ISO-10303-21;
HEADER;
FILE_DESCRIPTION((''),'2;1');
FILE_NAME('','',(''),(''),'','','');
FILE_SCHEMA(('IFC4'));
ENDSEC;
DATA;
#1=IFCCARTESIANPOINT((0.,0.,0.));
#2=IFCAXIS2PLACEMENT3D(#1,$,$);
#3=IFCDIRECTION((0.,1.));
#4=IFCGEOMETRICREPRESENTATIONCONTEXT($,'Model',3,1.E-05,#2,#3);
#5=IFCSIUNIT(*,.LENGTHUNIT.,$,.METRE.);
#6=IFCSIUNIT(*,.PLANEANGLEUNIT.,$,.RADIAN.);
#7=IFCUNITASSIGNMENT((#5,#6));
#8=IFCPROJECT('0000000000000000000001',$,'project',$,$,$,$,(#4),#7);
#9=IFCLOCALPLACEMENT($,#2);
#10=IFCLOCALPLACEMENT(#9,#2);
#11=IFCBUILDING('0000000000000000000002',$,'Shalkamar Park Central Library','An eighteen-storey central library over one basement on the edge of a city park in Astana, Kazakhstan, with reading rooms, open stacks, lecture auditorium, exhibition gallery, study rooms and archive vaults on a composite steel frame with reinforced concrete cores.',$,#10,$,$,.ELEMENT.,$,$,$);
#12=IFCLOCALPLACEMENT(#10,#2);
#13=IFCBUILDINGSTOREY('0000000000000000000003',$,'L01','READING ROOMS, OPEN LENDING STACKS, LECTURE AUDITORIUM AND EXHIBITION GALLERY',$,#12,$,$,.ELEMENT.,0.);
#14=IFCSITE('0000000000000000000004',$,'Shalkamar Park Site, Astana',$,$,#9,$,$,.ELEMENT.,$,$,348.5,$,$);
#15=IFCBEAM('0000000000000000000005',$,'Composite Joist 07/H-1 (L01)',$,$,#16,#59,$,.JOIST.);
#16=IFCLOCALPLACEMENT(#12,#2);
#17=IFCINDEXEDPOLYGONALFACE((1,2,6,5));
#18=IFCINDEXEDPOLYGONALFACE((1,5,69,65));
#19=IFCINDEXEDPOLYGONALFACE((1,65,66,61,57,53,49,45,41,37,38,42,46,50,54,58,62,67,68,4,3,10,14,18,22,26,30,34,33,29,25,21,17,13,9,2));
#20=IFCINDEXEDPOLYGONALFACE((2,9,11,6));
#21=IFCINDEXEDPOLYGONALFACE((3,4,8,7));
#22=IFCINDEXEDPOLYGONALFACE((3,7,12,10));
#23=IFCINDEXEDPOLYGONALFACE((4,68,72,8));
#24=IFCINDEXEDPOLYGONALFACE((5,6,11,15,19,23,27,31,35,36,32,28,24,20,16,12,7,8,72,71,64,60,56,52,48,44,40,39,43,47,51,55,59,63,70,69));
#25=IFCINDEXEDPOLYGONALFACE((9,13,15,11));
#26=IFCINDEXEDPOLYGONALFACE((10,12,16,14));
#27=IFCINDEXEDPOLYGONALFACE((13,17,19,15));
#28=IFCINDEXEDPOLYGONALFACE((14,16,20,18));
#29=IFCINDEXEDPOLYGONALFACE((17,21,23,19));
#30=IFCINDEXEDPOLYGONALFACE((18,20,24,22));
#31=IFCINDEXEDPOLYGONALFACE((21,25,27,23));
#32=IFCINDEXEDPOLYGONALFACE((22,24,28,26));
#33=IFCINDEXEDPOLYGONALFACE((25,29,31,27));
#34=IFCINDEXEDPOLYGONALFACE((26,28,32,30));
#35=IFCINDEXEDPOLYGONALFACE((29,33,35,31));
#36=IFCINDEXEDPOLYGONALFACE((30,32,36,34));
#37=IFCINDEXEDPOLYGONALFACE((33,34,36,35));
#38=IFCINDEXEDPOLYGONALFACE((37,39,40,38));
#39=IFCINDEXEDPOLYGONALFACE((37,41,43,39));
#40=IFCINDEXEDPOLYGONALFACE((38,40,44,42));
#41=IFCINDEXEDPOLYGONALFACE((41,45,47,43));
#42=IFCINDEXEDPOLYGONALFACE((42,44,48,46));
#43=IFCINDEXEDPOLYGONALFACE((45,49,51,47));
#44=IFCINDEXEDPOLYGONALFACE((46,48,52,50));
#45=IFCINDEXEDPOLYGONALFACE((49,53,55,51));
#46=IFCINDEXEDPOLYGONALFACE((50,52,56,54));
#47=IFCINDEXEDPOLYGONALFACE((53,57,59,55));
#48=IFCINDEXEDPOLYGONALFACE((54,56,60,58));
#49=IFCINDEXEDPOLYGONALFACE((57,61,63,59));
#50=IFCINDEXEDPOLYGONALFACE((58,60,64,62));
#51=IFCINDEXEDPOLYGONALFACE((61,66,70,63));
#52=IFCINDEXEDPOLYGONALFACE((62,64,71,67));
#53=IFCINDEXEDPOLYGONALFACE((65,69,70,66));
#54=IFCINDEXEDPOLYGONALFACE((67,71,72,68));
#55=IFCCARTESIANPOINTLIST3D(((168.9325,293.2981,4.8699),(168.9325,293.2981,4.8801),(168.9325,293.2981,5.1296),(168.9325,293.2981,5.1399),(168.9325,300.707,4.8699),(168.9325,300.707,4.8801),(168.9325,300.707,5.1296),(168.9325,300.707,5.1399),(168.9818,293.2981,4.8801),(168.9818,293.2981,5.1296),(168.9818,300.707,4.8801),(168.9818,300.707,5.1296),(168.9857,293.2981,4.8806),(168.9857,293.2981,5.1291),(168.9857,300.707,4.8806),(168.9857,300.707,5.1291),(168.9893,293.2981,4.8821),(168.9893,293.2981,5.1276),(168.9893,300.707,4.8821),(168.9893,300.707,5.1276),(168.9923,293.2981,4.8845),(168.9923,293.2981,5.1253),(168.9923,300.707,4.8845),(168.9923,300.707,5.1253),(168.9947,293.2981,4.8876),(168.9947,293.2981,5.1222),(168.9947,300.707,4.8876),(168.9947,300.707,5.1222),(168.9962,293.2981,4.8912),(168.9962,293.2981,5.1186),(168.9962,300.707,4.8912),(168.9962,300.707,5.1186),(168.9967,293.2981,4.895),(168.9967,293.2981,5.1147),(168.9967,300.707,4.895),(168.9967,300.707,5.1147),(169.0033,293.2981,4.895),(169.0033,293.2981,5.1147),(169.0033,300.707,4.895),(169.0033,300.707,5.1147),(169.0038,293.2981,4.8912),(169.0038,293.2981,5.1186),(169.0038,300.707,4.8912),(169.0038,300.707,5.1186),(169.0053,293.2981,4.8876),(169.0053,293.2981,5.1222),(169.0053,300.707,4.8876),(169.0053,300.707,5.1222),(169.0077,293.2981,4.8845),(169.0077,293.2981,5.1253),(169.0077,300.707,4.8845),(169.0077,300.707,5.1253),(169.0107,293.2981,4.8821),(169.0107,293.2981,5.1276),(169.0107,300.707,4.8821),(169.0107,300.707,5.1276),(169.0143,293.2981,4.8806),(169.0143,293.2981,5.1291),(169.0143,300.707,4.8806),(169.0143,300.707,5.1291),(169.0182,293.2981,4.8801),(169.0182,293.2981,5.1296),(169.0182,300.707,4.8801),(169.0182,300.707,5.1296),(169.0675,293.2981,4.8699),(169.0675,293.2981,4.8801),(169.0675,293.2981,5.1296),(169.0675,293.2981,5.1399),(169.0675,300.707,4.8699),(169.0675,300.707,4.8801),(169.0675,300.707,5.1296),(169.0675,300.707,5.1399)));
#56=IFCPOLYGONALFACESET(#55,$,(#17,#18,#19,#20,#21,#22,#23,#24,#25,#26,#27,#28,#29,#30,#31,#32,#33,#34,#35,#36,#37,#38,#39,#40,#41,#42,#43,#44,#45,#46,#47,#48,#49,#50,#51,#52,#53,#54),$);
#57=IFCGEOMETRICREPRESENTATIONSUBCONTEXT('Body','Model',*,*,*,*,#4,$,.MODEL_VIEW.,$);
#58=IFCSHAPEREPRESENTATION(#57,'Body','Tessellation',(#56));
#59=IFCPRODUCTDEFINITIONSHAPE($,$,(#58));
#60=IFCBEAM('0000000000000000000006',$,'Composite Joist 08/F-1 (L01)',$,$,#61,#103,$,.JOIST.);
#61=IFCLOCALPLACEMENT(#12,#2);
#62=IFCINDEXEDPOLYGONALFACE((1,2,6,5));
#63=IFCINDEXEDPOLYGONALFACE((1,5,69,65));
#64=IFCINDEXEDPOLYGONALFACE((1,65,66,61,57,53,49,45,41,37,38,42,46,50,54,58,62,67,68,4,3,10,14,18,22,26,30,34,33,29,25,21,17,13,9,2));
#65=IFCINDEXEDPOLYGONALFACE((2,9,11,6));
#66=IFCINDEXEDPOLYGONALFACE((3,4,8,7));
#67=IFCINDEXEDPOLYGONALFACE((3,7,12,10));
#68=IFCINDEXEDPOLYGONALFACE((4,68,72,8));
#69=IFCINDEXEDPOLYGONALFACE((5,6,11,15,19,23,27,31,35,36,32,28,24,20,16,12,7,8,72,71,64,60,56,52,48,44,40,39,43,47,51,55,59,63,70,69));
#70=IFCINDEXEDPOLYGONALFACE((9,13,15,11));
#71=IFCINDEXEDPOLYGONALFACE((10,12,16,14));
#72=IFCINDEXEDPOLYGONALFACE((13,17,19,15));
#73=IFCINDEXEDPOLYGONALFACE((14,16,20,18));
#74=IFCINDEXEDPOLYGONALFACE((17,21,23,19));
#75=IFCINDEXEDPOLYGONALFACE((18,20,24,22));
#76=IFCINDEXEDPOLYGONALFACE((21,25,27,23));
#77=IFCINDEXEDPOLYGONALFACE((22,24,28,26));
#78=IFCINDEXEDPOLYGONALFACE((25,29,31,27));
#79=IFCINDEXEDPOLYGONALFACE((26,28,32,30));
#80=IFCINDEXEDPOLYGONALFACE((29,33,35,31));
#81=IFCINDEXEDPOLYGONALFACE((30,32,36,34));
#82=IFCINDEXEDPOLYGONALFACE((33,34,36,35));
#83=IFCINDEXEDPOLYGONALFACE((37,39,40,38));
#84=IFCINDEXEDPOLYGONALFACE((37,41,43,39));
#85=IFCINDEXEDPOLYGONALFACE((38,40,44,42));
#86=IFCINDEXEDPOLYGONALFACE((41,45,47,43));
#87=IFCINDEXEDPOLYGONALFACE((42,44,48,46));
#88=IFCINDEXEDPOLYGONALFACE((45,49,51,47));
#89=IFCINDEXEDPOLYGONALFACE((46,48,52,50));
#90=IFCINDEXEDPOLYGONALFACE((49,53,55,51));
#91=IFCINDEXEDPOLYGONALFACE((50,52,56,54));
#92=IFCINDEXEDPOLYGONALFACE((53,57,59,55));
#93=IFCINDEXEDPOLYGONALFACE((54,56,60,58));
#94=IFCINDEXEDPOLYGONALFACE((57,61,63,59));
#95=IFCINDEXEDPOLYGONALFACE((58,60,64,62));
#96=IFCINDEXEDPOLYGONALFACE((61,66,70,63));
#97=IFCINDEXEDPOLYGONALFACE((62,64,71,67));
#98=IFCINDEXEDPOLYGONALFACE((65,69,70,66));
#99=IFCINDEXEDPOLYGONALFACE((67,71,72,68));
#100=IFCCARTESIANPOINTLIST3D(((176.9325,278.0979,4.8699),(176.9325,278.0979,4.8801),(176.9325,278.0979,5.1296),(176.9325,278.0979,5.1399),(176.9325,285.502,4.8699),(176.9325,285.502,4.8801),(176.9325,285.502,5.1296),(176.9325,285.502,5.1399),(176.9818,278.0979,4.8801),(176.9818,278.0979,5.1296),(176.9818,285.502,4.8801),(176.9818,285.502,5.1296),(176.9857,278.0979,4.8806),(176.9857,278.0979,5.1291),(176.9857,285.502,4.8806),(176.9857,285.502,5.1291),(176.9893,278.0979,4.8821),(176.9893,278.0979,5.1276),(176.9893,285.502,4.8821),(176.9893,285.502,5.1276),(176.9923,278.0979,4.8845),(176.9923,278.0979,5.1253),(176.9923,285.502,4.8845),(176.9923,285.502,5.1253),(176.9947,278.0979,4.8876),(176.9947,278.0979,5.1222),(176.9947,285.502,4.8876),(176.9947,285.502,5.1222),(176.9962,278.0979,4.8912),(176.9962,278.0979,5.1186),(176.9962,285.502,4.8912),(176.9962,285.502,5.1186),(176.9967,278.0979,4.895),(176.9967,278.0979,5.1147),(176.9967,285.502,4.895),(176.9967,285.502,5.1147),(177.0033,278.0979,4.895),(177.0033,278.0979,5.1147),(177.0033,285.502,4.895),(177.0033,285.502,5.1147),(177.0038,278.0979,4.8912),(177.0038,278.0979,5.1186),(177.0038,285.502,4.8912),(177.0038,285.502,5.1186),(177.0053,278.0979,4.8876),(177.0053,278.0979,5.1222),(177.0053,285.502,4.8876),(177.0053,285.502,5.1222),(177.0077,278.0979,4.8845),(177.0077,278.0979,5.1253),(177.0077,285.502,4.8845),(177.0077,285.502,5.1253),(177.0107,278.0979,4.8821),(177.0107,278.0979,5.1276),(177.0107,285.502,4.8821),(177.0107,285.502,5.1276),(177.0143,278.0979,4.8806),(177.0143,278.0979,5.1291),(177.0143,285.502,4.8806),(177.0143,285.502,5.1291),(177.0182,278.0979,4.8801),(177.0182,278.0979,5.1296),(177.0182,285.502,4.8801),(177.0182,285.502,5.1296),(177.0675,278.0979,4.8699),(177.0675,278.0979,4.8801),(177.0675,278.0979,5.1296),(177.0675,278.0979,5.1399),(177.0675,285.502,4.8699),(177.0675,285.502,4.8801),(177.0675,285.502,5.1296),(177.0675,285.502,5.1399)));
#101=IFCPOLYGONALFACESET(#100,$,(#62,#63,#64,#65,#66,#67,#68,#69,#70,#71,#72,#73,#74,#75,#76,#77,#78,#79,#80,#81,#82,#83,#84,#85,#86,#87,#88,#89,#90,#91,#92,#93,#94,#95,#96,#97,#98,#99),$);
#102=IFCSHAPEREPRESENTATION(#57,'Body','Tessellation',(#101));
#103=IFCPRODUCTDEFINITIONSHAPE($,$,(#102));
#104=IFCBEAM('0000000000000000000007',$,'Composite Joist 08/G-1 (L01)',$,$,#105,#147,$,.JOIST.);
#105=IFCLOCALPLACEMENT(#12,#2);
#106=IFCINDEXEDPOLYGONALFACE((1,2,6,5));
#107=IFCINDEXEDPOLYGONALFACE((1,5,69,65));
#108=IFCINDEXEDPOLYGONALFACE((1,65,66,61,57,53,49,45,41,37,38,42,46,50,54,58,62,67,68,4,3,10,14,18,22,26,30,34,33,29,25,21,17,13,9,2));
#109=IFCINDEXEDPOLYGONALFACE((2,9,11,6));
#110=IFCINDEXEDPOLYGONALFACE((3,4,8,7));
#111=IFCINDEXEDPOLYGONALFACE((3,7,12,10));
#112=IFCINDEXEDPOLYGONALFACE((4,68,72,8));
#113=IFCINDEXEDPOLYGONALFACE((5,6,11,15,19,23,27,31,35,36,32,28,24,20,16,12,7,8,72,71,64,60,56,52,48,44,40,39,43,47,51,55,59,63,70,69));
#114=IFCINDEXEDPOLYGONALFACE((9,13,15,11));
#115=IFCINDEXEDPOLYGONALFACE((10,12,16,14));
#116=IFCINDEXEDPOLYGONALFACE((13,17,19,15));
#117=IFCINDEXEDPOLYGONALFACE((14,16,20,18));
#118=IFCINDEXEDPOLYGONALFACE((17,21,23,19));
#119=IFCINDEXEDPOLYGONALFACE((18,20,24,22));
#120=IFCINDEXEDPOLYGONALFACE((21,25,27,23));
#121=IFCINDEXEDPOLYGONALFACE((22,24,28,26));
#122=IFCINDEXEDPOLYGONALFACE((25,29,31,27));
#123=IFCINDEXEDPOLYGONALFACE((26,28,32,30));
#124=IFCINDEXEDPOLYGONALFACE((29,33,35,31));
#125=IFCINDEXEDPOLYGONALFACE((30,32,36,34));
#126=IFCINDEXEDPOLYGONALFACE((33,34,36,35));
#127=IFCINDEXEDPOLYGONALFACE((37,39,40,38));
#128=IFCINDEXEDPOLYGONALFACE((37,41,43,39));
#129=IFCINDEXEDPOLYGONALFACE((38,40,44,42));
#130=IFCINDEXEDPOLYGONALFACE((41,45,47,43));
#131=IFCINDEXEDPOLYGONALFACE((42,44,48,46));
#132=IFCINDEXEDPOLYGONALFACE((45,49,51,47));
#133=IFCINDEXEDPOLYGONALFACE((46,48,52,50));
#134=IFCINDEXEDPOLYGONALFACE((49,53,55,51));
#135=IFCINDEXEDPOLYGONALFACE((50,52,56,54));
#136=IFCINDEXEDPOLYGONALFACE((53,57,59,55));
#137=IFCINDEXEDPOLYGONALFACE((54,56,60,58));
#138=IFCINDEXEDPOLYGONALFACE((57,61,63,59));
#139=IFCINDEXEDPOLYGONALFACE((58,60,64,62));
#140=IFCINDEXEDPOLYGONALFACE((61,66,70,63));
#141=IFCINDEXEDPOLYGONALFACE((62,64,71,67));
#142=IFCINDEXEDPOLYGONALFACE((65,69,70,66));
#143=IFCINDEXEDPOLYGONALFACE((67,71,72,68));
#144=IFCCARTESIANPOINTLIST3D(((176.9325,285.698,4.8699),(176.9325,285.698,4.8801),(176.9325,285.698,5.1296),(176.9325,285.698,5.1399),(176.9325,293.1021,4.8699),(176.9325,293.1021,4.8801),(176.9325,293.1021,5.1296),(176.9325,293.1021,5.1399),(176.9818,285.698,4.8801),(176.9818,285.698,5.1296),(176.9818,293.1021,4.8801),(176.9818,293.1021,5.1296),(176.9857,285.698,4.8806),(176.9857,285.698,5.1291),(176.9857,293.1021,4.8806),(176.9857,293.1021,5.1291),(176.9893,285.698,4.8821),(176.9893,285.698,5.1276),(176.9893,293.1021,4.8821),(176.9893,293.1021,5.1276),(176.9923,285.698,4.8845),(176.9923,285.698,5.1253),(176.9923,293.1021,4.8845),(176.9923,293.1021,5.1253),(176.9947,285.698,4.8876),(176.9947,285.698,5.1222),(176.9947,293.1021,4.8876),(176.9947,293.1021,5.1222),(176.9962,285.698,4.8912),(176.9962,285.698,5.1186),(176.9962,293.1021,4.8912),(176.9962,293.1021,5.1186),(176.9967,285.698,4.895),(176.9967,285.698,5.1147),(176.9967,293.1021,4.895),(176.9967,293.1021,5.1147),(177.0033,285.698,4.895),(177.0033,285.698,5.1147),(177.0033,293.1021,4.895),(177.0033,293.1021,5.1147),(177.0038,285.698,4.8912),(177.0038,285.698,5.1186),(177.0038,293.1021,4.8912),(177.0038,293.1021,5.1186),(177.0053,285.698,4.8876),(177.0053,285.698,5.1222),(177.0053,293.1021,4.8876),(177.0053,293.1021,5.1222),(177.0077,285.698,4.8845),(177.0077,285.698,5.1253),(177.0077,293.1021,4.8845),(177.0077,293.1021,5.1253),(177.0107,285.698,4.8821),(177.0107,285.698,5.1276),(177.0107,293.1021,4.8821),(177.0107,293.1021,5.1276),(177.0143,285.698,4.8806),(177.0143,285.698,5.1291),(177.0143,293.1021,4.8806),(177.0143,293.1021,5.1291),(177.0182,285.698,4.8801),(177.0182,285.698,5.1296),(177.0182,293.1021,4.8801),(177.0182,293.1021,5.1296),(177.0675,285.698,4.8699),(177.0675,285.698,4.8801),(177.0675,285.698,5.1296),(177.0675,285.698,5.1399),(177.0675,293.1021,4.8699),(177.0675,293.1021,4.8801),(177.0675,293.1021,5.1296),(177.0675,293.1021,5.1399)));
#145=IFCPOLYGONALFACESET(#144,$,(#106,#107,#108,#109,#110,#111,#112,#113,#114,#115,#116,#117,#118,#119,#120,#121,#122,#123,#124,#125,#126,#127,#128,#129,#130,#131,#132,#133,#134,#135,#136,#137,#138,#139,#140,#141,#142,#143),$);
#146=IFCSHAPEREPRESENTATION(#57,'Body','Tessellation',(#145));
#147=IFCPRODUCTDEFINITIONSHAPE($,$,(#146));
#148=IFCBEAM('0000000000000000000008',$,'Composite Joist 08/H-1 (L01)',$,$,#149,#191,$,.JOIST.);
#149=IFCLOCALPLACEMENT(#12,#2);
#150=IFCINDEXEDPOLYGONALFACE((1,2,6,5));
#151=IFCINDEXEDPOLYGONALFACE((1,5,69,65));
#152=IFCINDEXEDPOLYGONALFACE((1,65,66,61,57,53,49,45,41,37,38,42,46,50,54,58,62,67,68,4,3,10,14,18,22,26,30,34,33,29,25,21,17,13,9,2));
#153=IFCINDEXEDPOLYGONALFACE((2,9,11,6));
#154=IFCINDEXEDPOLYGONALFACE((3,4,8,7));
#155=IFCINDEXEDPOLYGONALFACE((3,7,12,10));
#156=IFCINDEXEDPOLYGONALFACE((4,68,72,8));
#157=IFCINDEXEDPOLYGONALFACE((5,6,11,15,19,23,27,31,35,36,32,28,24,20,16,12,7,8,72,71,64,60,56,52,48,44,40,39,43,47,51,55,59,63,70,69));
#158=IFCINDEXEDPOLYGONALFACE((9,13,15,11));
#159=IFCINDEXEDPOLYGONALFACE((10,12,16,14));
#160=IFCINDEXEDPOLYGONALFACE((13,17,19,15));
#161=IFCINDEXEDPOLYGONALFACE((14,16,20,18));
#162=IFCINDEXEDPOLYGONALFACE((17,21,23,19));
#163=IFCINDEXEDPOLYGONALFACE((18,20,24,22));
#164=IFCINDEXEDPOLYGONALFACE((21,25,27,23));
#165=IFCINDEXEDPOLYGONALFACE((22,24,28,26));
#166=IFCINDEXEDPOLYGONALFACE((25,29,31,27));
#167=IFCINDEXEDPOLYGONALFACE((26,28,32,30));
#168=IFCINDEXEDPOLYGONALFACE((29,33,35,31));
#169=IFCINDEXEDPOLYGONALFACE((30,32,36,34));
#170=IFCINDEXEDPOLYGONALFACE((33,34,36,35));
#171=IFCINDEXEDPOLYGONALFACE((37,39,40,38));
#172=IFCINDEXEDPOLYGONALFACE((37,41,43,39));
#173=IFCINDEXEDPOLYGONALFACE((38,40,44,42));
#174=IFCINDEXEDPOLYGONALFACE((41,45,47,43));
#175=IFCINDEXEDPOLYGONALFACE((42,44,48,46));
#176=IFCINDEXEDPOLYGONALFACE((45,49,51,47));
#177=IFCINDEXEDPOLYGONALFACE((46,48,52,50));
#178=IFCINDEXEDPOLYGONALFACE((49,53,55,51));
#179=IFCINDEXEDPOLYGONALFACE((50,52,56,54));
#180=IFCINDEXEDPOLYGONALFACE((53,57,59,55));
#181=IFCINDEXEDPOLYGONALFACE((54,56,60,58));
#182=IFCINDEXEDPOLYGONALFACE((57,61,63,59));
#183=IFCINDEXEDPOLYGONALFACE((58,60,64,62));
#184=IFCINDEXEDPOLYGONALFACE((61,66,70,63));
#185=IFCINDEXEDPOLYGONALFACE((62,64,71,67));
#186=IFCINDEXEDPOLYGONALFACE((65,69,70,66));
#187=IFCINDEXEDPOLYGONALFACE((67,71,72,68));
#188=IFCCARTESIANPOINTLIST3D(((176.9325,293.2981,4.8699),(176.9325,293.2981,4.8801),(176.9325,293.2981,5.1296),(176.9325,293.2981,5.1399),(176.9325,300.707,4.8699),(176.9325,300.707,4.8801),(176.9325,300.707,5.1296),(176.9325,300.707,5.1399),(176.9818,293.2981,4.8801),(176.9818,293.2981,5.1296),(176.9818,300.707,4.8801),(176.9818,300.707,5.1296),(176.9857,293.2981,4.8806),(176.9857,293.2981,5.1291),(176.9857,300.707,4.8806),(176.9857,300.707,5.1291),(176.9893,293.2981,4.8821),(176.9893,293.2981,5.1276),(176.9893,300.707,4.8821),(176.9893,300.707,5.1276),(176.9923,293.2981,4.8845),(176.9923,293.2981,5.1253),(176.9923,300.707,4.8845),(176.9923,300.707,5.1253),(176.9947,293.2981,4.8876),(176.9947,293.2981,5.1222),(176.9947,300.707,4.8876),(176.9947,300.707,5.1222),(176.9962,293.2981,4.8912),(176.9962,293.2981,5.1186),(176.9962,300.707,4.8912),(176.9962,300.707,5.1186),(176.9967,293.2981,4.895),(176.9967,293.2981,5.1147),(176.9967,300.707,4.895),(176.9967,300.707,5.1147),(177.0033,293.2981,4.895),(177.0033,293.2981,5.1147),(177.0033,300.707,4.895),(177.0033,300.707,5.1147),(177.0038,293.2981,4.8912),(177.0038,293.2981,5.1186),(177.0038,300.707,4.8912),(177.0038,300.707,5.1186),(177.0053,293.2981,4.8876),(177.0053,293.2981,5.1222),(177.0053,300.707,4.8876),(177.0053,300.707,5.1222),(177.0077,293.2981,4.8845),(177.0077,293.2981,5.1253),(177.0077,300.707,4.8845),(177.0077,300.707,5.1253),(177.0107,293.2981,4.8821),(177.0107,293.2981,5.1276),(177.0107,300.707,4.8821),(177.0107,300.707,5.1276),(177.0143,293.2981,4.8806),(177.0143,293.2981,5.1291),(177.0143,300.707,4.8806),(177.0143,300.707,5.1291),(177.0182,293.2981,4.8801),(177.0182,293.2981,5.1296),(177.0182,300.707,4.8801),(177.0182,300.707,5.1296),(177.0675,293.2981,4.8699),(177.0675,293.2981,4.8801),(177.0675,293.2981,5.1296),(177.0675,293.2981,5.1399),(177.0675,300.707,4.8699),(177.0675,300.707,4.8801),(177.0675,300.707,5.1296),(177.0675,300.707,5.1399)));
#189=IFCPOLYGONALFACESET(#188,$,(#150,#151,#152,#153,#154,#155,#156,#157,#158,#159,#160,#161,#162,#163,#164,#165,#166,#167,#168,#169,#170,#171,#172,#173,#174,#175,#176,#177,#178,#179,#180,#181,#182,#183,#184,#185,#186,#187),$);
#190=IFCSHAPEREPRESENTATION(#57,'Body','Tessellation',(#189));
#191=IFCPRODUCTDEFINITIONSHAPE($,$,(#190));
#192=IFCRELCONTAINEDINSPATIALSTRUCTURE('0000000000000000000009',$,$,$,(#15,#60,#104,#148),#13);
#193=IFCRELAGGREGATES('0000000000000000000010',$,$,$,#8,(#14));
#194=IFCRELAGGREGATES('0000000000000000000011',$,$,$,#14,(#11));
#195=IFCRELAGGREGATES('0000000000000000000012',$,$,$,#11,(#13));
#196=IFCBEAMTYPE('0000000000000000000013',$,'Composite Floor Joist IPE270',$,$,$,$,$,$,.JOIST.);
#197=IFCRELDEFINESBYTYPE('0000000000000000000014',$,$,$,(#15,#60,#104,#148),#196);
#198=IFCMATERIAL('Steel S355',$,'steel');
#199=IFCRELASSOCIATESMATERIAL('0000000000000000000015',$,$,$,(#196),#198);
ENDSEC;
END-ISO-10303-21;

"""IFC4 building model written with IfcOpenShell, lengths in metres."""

from ifc_helpers import new_model, si_unit, direction, frame, origin, origin_2d, place, context, subcontext, project, spatial, i_section, extrude, material, material_profile, profile_set, type_object, element, save


model = new_model("IFC4")

# Units and contexts
model_context = context("Model", 3, precision=1e-05, world=origin(), true_north=direction((0.0, 1.0)))
body_context = subcontext(model_context, "Body", "Model", "MODEL_VIEW")
ifc_project = project(units=[si_unit("LENGTHUNIT", "METRE"), si_unit("PLANEANGLEUNIT", "RADIAN")], contexts=[model_context])

# Site, building, storey
site_placement = place(None, origin())
site = spatial("IfcSite", under=ifc_project, at=site_placement, Name="Shalkamar Park Site, Astana", CompositionType="ELEMENT", RefElevation=348.5)
building_placement = place(site_placement, origin())
building = spatial("IfcBuilding", under=site, at=building_placement, Name="Shalkamar Park Central Library", Description="An eighteen-storey central library over one basement on the edge of a city park in Astana, Kazakhstan, with reading rooms, open stacks, lecture auditorium, exhibition gallery, study rooms and archive vaults on a composite steel frame with reinforced concrete cores.", CompositionType="ELEMENT")
storey_placement = place(building_placement, origin())
storey = spatial("IfcBuildingStorey", under=building, at=storey_placement, Name="L01", Description="READING ROOMS, OPEN LENDING STACKS, LECTURE AUDITORIUM AND EXHIBITION GALLERY", CompositionType="ELEMENT", Elevation=0.0)

# Shared definitions
ifc_material = material(Name="Steel S355", Category="steel")

# Beams
ifc_material_profile_1 = material_profile(ifc_material, i_section(OverallWidth=0.135, OverallDepth=0.27, WebThickness=0.0066, FlangeThickness=0.0103, FilletRadius=0.0149, at=origin_2d()), Name="IPE 270")
ifc_profile_set_1 = profile_set([ifc_material_profile_1], Name="Steel S355")
beam_type_1 = type_object("IfcBeamType", Name="Composite Floor Joist IPE270", PredefinedType="JOIST", material=ifc_profile_set_1)
beam_1_placement = place(storey_placement, frame((169.0, 293.2981, 5.0049), z_axis=(0.0, 1.0, 0.0), x_axis=(-1.0, 0.0, 0.0)))
element("IfcBeam", 1, at=beam_1_placement, inside=storey, type_object=beam_type_1, Name="Composite Joist 07/H-1 (L01)", PredefinedType="JOIST", context=body_context, shape_type="SweptSolid", body=[
    extrude(i_section(OverallWidth=0.135, OverallDepth=0.27, WebThickness=0.0066, FlangeThickness=0.0103, FilletRadius=0.0149, at=origin_2d()), origin(), (0.0, 0.0, 1.0), 7.4089),
])
for number, where, z_axis, x_axis, name in (
    (2, (177.0, 278.0979, 5.0049), (0.0, 1.0, 0.0), (-1.0, 0.0, 0.0), "Composite Joist 08/F-1 (L01)"),
    (3, (177.0, 285.698, 5.0049), (0.0, 1.0, 0.0), (-1.0, 0.0, 0.0), "Composite Joist 08/G-1 (L01)"),
):
    element("IfcBeam", number, at=place(storey_placement, frame(where, z_axis=z_axis, x_axis=x_axis)), inside=storey, type_object=beam_type_1, Name=name, PredefinedType="JOIST", context=body_context, shape_type="SweptSolid", body=[
        extrude(i_section(OverallWidth=0.135, OverallDepth=0.27, WebThickness=0.0066, FlangeThickness=0.0103, FilletRadius=0.0149, at=origin_2d()), origin(), (0.0, 0.0, 1.0), 7.4041),
    ])
beam_2_placement = place(storey_placement, frame((177.0, 293.2981, 5.0049), z_axis=(0.0, 1.0, 0.0), x_axis=(-1.0, 0.0, 0.0)))
element("IfcBeam", 4, at=beam_2_placement, inside=storey, type_object=beam_type_1, Name="Composite Joist 08/H-1 (L01)", PredefinedType="JOIST", context=body_context, shape_type="SweptSolid", body=[
    extrude(i_section(OverallWidth=0.135, OverallDepth=0.27, WebThickness=0.0066, FlangeThickness=0.0103, FilletRadius=0.0149, at=origin_2d()), origin(), (0.0, 0.0, 1.0), 7.4089),
])

save(model, "model.ifc")
